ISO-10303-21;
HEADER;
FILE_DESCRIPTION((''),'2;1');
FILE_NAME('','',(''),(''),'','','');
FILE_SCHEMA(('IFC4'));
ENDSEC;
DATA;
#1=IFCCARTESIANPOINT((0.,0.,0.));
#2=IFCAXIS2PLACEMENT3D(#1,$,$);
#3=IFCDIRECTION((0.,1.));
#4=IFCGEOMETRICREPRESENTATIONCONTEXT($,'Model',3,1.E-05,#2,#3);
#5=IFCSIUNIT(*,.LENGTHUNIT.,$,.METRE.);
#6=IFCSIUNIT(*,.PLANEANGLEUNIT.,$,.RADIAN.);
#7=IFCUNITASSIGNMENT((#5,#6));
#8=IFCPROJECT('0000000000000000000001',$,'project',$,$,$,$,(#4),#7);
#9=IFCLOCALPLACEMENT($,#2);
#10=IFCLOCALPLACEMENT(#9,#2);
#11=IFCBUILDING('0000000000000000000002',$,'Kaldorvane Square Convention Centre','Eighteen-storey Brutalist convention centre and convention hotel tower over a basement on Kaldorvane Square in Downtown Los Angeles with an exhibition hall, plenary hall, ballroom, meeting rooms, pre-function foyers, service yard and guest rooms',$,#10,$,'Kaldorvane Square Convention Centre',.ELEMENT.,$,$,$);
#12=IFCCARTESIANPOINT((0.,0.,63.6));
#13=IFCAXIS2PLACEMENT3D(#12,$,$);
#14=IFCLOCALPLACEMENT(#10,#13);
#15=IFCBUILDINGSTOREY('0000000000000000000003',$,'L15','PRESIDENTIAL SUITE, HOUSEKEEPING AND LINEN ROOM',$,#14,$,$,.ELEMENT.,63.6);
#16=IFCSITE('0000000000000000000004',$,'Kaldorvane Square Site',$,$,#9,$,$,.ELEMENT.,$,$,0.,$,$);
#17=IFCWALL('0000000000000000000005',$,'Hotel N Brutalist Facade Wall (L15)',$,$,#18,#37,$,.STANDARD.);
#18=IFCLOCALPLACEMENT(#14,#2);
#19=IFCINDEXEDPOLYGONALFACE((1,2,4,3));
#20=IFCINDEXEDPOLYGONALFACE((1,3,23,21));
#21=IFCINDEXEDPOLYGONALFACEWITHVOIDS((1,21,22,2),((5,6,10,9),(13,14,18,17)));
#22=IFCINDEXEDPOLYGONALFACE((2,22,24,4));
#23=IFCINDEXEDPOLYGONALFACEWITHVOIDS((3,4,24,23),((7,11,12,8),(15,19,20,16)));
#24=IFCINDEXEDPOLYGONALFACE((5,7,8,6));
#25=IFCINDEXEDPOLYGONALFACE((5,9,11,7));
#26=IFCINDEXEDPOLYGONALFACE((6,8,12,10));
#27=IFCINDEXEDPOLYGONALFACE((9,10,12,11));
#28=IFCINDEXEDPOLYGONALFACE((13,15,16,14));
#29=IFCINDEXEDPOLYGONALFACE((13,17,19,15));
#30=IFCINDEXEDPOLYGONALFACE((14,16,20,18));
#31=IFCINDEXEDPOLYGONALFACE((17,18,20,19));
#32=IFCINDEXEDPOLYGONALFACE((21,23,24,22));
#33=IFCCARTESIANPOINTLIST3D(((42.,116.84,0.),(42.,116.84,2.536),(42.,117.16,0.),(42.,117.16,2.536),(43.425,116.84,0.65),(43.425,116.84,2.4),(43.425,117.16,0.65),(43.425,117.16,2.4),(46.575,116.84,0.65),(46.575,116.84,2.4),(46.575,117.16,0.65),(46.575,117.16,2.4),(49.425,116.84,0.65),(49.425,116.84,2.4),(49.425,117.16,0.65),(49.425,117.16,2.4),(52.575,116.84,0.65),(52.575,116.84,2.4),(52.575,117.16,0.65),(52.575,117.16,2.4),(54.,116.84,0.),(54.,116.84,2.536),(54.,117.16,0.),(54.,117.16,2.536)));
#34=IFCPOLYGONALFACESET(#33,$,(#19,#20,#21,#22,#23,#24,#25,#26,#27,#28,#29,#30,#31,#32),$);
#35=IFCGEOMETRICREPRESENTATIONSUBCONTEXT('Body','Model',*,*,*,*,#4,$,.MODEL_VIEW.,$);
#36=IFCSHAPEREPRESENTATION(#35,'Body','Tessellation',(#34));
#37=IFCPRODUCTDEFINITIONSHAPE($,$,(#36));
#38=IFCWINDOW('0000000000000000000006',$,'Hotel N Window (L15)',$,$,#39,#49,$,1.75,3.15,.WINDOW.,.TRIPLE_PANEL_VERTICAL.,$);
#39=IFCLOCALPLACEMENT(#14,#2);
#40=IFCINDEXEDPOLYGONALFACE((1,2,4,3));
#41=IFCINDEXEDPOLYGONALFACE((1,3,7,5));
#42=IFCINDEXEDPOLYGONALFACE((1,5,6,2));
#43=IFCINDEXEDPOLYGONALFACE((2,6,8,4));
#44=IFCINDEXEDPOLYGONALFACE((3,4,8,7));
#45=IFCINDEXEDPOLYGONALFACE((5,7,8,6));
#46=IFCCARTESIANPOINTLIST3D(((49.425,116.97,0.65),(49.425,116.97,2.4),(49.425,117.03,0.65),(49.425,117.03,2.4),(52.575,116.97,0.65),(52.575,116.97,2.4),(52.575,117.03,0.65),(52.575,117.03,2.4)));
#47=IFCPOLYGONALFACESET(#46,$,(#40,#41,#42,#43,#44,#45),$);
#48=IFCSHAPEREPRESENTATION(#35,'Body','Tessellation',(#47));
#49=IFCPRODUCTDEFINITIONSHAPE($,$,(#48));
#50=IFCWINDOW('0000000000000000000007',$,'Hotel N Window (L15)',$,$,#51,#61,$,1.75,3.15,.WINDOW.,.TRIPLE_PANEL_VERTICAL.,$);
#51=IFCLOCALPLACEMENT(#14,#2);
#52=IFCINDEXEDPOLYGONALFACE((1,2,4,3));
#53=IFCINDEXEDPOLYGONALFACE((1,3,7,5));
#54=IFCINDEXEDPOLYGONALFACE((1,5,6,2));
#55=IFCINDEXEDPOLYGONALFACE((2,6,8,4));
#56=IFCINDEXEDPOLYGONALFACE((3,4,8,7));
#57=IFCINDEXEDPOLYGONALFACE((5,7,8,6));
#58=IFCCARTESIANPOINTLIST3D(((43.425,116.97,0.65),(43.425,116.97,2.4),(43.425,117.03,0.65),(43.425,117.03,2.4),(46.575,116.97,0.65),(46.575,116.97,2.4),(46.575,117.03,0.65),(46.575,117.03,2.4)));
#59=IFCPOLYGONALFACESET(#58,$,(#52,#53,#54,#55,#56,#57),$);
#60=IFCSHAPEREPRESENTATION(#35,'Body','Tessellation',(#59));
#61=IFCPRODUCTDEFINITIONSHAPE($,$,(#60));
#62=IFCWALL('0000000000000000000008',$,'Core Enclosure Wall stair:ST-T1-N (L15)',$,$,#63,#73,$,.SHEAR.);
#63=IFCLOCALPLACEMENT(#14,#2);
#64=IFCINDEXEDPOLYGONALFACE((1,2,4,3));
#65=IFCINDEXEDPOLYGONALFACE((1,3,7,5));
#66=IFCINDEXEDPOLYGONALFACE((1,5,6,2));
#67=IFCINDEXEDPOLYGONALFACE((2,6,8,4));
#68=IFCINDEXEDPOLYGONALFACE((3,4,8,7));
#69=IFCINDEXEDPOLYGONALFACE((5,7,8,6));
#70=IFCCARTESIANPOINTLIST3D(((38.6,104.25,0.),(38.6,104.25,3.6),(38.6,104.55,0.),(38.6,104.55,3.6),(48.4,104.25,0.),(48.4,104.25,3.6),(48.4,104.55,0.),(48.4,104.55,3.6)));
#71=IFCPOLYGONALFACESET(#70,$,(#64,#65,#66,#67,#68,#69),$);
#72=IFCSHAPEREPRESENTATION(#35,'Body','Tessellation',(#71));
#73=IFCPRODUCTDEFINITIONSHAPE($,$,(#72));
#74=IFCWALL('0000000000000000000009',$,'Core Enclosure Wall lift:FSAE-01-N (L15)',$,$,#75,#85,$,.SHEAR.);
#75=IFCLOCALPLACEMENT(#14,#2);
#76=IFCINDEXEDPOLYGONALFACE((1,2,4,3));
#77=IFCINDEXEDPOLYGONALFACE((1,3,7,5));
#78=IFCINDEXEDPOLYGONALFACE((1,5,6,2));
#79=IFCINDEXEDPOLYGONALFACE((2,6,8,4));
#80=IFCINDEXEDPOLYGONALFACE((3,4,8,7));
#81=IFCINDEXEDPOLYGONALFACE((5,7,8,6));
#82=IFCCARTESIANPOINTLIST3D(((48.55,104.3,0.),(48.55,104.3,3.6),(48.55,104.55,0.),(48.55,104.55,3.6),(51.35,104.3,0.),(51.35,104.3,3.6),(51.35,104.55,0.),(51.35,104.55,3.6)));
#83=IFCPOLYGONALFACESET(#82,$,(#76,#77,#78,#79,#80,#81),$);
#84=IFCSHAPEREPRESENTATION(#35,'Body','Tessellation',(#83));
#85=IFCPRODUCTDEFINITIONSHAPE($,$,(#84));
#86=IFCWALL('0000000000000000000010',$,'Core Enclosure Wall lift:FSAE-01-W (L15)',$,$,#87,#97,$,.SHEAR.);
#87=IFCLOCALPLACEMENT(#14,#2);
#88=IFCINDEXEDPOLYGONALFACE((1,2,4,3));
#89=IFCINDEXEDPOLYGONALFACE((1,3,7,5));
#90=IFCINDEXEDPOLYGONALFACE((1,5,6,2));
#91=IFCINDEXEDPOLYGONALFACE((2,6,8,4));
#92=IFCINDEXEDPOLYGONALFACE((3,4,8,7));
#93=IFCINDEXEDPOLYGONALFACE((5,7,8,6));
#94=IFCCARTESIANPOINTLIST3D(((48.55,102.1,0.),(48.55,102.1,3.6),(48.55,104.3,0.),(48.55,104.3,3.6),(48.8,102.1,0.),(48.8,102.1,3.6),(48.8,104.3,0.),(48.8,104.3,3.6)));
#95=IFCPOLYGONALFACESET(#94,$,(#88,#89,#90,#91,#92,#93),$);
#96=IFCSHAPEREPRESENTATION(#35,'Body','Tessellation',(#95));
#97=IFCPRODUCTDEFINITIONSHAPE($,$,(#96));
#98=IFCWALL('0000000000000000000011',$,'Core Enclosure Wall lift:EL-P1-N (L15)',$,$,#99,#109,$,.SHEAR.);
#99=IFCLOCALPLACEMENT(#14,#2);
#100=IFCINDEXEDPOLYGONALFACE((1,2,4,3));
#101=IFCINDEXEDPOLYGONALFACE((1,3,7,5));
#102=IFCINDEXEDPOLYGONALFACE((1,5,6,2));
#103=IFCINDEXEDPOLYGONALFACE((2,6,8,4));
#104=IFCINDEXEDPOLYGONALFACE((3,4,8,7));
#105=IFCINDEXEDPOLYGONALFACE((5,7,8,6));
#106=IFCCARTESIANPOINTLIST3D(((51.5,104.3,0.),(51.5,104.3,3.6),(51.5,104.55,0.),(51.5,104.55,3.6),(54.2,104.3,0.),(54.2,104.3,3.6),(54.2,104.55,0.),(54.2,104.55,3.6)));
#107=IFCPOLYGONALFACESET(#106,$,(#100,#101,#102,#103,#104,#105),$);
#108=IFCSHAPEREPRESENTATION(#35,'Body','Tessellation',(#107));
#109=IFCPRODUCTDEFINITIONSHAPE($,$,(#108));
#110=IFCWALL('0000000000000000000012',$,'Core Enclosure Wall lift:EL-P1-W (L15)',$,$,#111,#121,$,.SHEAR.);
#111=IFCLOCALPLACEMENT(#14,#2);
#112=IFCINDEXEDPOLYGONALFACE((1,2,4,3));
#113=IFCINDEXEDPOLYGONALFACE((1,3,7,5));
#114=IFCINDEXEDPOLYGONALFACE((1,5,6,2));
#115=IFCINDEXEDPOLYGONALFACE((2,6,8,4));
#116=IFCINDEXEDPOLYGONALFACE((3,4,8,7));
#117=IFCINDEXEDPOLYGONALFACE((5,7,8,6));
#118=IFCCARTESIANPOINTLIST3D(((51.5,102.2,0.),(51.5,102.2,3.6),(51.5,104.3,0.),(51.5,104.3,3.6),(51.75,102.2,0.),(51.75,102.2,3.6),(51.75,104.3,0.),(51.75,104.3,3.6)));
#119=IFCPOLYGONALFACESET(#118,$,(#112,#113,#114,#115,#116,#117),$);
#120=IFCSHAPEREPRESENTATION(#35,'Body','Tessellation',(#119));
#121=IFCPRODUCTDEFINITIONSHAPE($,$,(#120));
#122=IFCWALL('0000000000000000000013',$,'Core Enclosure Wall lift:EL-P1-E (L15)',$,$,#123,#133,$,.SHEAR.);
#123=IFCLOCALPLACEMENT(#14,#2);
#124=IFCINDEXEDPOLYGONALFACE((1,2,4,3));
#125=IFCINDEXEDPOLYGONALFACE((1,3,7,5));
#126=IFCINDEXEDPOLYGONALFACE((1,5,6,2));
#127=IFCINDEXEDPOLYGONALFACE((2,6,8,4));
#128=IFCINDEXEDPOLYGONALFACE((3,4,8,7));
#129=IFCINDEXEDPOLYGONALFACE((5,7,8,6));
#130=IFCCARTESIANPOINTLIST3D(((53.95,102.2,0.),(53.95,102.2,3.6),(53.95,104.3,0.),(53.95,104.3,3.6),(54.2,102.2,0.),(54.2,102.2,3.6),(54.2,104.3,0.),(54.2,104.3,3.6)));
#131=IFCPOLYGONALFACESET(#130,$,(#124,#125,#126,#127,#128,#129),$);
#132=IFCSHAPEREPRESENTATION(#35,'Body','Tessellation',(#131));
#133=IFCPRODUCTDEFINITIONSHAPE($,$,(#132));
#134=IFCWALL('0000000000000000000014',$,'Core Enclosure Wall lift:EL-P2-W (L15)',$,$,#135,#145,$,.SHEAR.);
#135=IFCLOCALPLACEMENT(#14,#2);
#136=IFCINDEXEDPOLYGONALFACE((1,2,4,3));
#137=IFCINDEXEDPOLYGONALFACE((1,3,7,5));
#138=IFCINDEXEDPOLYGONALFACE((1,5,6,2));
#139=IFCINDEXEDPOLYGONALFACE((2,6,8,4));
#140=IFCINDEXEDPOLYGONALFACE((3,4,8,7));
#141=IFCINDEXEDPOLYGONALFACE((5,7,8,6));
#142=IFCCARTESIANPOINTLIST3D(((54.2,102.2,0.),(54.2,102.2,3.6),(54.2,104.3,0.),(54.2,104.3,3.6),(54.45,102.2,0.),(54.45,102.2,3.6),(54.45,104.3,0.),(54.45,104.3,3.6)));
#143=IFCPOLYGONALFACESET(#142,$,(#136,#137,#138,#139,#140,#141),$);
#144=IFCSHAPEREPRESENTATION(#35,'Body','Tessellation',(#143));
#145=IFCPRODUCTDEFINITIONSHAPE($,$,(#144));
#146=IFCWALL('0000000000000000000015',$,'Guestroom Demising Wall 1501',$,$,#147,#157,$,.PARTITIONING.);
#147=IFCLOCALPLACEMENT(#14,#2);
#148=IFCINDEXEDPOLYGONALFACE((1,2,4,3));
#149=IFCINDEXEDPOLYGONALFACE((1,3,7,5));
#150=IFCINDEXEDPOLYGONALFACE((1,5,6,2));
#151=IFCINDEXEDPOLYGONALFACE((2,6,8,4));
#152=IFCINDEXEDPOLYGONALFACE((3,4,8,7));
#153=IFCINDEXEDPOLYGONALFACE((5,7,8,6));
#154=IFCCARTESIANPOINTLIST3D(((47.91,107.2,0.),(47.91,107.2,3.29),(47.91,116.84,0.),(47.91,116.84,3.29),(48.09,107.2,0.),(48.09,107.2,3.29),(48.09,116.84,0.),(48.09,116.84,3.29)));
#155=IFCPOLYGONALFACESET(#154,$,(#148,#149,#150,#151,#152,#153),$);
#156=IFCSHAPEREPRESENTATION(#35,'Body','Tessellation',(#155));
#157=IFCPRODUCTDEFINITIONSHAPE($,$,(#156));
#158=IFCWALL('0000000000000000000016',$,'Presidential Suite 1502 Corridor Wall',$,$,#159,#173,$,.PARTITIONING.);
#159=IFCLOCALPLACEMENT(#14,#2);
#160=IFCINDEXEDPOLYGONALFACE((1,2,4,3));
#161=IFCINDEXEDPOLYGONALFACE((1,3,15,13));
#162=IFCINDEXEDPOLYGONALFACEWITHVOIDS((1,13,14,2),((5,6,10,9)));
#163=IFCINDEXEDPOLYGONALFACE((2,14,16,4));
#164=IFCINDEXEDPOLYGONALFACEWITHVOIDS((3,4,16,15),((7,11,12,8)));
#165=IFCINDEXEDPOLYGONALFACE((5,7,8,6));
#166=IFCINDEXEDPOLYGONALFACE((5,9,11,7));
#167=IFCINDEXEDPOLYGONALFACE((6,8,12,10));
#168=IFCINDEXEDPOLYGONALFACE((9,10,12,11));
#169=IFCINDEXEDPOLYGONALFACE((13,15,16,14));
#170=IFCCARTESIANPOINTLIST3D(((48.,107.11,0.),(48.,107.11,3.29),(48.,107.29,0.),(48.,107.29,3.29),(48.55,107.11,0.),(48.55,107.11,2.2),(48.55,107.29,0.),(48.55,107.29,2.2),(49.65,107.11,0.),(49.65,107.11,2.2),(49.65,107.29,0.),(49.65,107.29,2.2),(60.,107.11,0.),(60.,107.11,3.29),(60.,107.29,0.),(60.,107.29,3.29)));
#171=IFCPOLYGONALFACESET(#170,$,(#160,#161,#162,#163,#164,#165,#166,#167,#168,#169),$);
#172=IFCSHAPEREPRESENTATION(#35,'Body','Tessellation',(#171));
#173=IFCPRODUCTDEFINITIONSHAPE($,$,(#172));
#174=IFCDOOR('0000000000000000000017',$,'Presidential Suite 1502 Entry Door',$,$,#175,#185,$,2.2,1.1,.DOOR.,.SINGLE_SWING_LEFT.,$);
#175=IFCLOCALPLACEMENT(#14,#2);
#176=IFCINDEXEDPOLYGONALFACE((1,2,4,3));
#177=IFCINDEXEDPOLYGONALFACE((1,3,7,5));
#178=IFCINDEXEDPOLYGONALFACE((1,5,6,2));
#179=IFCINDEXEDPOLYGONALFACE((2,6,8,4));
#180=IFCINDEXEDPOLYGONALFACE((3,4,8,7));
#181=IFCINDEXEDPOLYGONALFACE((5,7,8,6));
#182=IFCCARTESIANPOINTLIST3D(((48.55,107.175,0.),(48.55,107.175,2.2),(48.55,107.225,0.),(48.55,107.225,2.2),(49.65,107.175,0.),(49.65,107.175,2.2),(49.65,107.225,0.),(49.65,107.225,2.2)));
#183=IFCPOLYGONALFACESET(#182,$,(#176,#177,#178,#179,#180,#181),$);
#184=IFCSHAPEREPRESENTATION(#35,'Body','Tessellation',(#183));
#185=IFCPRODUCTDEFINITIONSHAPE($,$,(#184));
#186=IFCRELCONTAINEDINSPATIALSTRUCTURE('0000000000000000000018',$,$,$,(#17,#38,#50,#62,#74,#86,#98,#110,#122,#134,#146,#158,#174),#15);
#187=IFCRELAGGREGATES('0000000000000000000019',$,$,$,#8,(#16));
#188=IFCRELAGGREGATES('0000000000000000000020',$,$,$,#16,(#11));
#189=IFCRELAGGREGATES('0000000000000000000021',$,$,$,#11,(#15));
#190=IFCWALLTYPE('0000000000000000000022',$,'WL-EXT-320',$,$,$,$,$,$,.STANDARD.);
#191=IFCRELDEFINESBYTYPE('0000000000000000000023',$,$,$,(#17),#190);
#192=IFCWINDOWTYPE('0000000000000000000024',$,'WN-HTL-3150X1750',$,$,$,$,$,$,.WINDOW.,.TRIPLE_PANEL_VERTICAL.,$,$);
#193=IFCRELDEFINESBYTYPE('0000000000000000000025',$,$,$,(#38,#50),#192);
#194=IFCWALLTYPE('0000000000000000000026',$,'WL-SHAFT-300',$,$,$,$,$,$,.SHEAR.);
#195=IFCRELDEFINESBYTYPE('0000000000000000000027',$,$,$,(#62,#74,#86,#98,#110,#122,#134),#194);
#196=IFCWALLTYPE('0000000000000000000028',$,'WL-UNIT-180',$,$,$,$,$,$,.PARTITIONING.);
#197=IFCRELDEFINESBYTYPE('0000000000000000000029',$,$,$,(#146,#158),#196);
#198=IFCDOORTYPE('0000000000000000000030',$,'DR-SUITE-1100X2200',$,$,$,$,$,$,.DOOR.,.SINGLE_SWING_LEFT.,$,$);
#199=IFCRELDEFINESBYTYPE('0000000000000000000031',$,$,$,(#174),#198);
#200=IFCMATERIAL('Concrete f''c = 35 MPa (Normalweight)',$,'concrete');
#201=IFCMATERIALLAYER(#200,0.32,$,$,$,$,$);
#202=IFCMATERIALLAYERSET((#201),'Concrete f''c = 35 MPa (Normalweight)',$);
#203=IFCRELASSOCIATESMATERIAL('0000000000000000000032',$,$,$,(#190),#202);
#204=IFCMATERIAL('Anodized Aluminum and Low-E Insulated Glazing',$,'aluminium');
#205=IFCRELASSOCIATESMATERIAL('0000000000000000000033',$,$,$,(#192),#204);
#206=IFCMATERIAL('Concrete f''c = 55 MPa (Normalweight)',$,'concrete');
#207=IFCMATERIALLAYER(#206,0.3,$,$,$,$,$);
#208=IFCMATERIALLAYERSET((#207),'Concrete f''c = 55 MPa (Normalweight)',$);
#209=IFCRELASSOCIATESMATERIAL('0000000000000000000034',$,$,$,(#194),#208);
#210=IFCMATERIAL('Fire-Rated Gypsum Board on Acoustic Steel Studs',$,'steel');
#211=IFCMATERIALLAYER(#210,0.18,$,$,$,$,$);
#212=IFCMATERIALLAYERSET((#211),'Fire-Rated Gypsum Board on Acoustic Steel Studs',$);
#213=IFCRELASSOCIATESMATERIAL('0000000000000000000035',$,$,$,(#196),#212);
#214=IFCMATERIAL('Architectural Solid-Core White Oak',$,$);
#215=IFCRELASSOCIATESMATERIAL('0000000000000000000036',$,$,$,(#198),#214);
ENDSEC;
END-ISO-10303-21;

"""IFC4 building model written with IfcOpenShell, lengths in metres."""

from ifc_helpers import new_model, si_unit, direction, frame, frame_2d, origin, place, context, subcontext, project, spatial, rectangle, extrude, material, layer, layer_set, type_object, element, fill, save


model = new_model("IFC4")

# Units and contexts
model_context = context("Model", 3, precision=1e-05, world=origin(), true_north=direction((0.0, 1.0)))
body_context = subcontext(model_context, "Body", "Model", "MODEL_VIEW")
ifc_project = project(units=[si_unit("LENGTHUNIT", "METRE"), si_unit("PLANEANGLEUNIT", "RADIAN")], contexts=[model_context])

# Site, building, storey
site_placement = place(None, origin())
site = spatial("IfcSite", under=ifc_project, at=site_placement, Name="Kaldorvane Square Site", CompositionType="ELEMENT", RefElevation=0.0)
building_placement = place(site_placement, origin())
building = spatial("IfcBuilding", under=site, at=building_placement, Name="Kaldorvane Square Convention Centre", Description="Eighteen-storey Brutalist convention centre and convention hotel tower over a basement on Kaldorvane Square in Downtown Los Angeles with an exhibition hall, plenary hall, ballroom, meeting rooms, pre-function foyers, service yard and guest rooms", LongName="Kaldorvane Square Convention Centre", CompositionType="ELEMENT")
storey_placement = place(building_placement, frame((0.0, 0.0, 63.6)))
storey = spatial("IfcBuildingStorey", under=building, at=storey_placement, Name="L15", Description="PRESIDENTIAL SUITE, HOUSEKEEPING AND LINEN ROOM", CompositionType="ELEMENT", Elevation=63.6)

# Shared definitions
ifc_material_1 = material(Name="Fire-Rated Gypsum Board on Acoustic Steel Studs", Category="steel")
ifc_material_2 = material(Name="Architectural Solid-Core White Oak")

# Shared definitions
ifc_material_3 = material(Name="Concrete f'c = 35 MPa (Normalweight)", Category="concrete")
ifc_layer_1 = layer(ifc_material_3, 0.32)
ifc_layer_set_1 = layer_set([ifc_layer_1], Name="Concrete f'c = 35 MPa (Normalweight)")
wall_type_1 = type_object("IfcWallType", Name="WL-EXT-320", PredefinedType="STANDARD", material=ifc_layer_set_1)
ifc_material_4 = material(Name="Anodized Aluminum and Low-E Insulated Glazing", Category="aluminium")
window_type = type_object("IfcWindowType", Name="WN-HTL-3150X1750", PartitioningType="TRIPLE_PANEL_VERTICAL", PredefinedType="WINDOW", material=ifc_material_4)

# Wall, openings, windows
wall_1_placement = place(storey_placement, frame((54.0, 117.0, 0.0), z_axis=(0.0, 0.0, 1.0), x_axis=(-1.0, 0.0, 0.0)))
wall_1 = element("IfcWall", 1, at=wall_1_placement, inside=storey, type_object=wall_type_1, Name="Hotel N Brutalist Facade Wall (L15)", PredefinedType="STANDARD", context=body_context, shape_type="SweptSolid", body=[
    extrude(rectangle(XDim=12.0, YDim=0.32, at=frame_2d((6.0, 0.0))), origin(), (0.0, 0.0, 1.0), 2.536),
])
opening_1_placement = place(wall_1_placement, frame((1.425, 0.0, 0.65)))
opening_1 = element("IfcOpeningElement", 2, at=opening_1_placement, cuts=wall_1, PredefinedType="OPENING", context=body_context, shape_type="SweptSolid", body=[
    extrude(rectangle(XDim=3.15, YDim=1.75, at=frame_2d((1.575, 0.875))), frame((0.0, 0.175, 0.0), z_axis=(0.0, -1.0, 0.0), x_axis=(1.0, 0.0, 0.0)), (0.0, 0.0, 1.0), 0.35),
])
opening_2_placement = place(wall_1_placement, frame((7.425, 0.0, 0.65)))
opening_2 = element("IfcOpeningElement", 3, at=opening_2_placement, cuts=wall_1, PredefinedType="OPENING", context=body_context, shape_type="SweptSolid", body=[
    extrude(rectangle(XDim=3.15, YDim=1.75, at=frame_2d((1.575, 0.875))), frame((0.0, 0.175, 0.0), z_axis=(0.0, -1.0, 0.0), x_axis=(1.0, 0.0, 0.0)), (0.0, 0.0, 1.0), 0.35),
])
window_1_placement = place(opening_1_placement, origin())
window_1 = element("IfcWindow", 4, at=window_1_placement, inside=storey, type_object=window_type, Name="Hotel N Window (L15)", OverallHeight=1.75, OverallWidth=3.15, PartitioningType="TRIPLE_PANEL_VERTICAL", PredefinedType="WINDOW", context=body_context, shape_type="SweptSolid", body=[
    extrude(rectangle(XDim=3.15, YDim=1.75, at=frame_2d((1.575, 0.875))), frame((0.0, 0.03, 0.0), z_axis=(0.0, -1.0, 0.0), x_axis=(1.0, 0.0, 0.0)), (0.0, 0.0, 1.0), 0.06),
])
fill(opening_1, window_1)
window_2_placement = place(opening_2_placement, origin())
window_2 = element("IfcWindow", 5, at=window_2_placement, inside=storey, type_object=window_type, Name="Hotel N Window (L15)", OverallHeight=1.75, OverallWidth=3.15, PartitioningType="TRIPLE_PANEL_VERTICAL", PredefinedType="WINDOW", context=body_context, shape_type="SweptSolid", body=[
    extrude(rectangle(XDim=3.15, YDim=1.75, at=frame_2d((1.575, 0.875))), frame((0.0, 0.03, 0.0), z_axis=(0.0, -1.0, 0.0), x_axis=(1.0, 0.0, 0.0)), (0.0, 0.0, 1.0), 0.06),
])
fill(opening_2, window_2)

# Walls
ifc_material_5 = material(Name="Concrete f'c = 55 MPa (Normalweight)", Category="concrete")
ifc_layer_2 = layer(ifc_material_5, 0.3)
ifc_layer_set_2 = layer_set([ifc_layer_2], Name="Concrete f'c = 55 MPa (Normalweight)")
wall_type_2 = type_object("IfcWallType", Name="WL-SHAFT-300", PredefinedType="SHEAR", material=ifc_layer_set_2)
wall_2_placement = place(storey_placement, frame((48.4, 104.4, 0.0), z_axis=(0.0, 0.0, 1.0), x_axis=(-1.0, 0.0, 0.0)))
element("IfcWall", 6, at=wall_2_placement, inside=storey, type_object=wall_type_2, Name="Core Enclosure Wall stair:ST-T1-N (L15)", PredefinedType="SHEAR", context=body_context, shape_type="SweptSolid", body=[
    extrude(rectangle(XDim=9.8, YDim=0.3, at=frame_2d((4.9, 0.0))), origin(), (0.0, 0.0, 1.0), 3.6),
])
wall_3_placement = place(storey_placement, frame((51.35, 104.425, 0.0), z_axis=(0.0, 0.0, 1.0), x_axis=(-1.0, 0.0, 0.0)))
element("IfcWall", 7, at=wall_3_placement, inside=storey, type_object=wall_type_2, Name="Core Enclosure Wall lift:FSAE-01-N (L15)", PredefinedType="SHEAR", context=body_context, shape_type="SweptSolid", body=[
    extrude(rectangle(XDim=2.8, YDim=0.25, at=frame_2d((1.4, 0.0))), origin(), (0.0, 0.0, 1.0), 3.6),
])
wall_4_placement = place(storey_placement, frame((48.675, 104.3, 0.0), z_axis=(0.0, 0.0, 1.0), x_axis=(0.0, -1.0, 0.0)))
element("IfcWall", 8, at=wall_4_placement, inside=storey, type_object=wall_type_2, Name="Core Enclosure Wall lift:FSAE-01-W (L15)", PredefinedType="SHEAR", context=body_context, shape_type="SweptSolid", body=[
    extrude(rectangle(XDim=2.2, YDim=0.25, at=frame_2d((1.1, 0.0))), origin(), (0.0, 0.0, 1.0), 3.6),
])
wall_5_placement = place(storey_placement, frame((54.2, 104.425, 0.0), z_axis=(0.0, 0.0, 1.0), x_axis=(-1.0, 0.0, 0.0)))
element("IfcWall", 9, at=wall_5_placement, inside=storey, type_object=wall_type_2, Name="Core Enclosure Wall lift:EL-P1-N (L15)", PredefinedType="SHEAR", context=body_context, shape_type="SweptSolid", body=[
    extrude(rectangle(XDim=2.7, YDim=0.25, at=frame_2d((1.35, 0.0))), origin(), (0.0, 0.0, 1.0), 3.6),
])
for number, where, z_axis, x_axis, name in (
    (10, (51.625, 104.3, 0.0), (0.0, 0.0, 1.0), (0.0, -1.0, 0.0), "Core Enclosure Wall lift:EL-P1-W (L15)"),
    (11, (54.075, 102.2, 0.0), (0.0, 0.0, 1.0), (0.0, 1.0, 0.0), "Core Enclosure Wall lift:EL-P1-E (L15)"),
    (12, (54.325, 104.3, 0.0), (0.0, 0.0, 1.0), (0.0, -1.0, 0.0), "Core Enclosure Wall lift:EL-P2-W (L15)"),
):
    element("IfcWall", number, at=place(storey_placement, frame(where, z_axis=z_axis, x_axis=x_axis)), inside=storey, type_object=wall_type_2, Name=name, PredefinedType="SHEAR", context=body_context, shape_type="SweptSolid", body=[
        extrude(rectangle(XDim=2.1, YDim=0.25, at=frame_2d((1.05, 0.0))), origin(), (0.0, 0.0, 1.0), 3.6),
    ])
ifc_layer_3 = layer(ifc_material_1, 0.18)
ifc_layer_set_3 = layer_set([ifc_layer_3], Name="Fire-Rated Gypsum Board on Acoustic Steel Studs")
wall_type_3 = type_object("IfcWallType", Name="WL-UNIT-180", PredefinedType="PARTITIONING", material=ifc_layer_set_3)
wall_6_placement = place(storey_placement, frame((48.0, 107.2, 0.0), z_axis=(0.0, 0.0, 1.0), x_axis=(0.0, 1.0, 0.0)))
element("IfcWall", 13, at=wall_6_placement, inside=storey, type_object=wall_type_3, Name="Guestroom Demising Wall 1501", PredefinedType="PARTITIONING", context=body_context, shape_type="SweptSolid", body=[
    extrude(rectangle(XDim=9.64, YDim=0.18, at=frame_2d((4.82, 0.0))), origin(), (0.0, 0.0, 1.0), 3.29),
])

# Wall, opening, door
wall_7_placement = place(storey_placement, frame((48.0, 107.2, 0.0), z_axis=(0.0, 0.0, 1.0), x_axis=(1.0, 0.0, 0.0)))
wall_7 = element("IfcWall", 14, at=wall_7_placement, inside=storey, type_object=wall_type_3, Name="Presidential Suite 1502 Corridor Wall", PredefinedType="PARTITIONING", context=body_context, shape_type="SweptSolid", body=[
    extrude(rectangle(XDim=12.0, YDim=0.18, at=frame_2d((6.0, 0.0))), origin(), (0.0, 0.0, 1.0), 3.29),
])
opening_3_placement = place(wall_7_placement, frame((0.55, 0.0, 0.0)))
opening_3 = element("IfcOpeningElement", 15, at=opening_3_placement, cuts=wall_7, PredefinedType="OPENING", context=body_context, shape_type="SweptSolid", body=[
    extrude(rectangle(XDim=1.1, YDim=2.2, at=frame_2d((0.55, 1.1))), frame((0.0, 0.105, 0.0), z_axis=(0.0, -1.0, 0.0), x_axis=(1.0, 0.0, 0.0)), (0.0, 0.0, 1.0), 0.21),
])
door_type_1 = type_object("IfcDoorType", Name="DR-SUITE-1100X2200", OperationType="SINGLE_SWING_LEFT", PredefinedType="DOOR", material=ifc_material_2)
door_1_placement = place(opening_3_placement, origin())
door_1 = element("IfcDoor", 16, at=door_1_placement, inside=storey, type_object=door_type_1, Name="Presidential Suite 1502 Entry Door", OperationType="SINGLE_SWING_LEFT", OverallHeight=2.2, OverallWidth=1.1, PredefinedType="DOOR", context=body_context, shape_type="SweptSolid", body=[
    extrude(rectangle(XDim=1.1, YDim=2.2, at=frame_2d((0.55, 1.1))), frame((0.0, 0.025, 0.0), z_axis=(0.0, -1.0, 0.0), x_axis=(1.0, 0.0, 0.0)), (0.0, 0.0, 1.0), 0.05),
])
fill(opening_3, door_1)

save(model, "model.ifc")
